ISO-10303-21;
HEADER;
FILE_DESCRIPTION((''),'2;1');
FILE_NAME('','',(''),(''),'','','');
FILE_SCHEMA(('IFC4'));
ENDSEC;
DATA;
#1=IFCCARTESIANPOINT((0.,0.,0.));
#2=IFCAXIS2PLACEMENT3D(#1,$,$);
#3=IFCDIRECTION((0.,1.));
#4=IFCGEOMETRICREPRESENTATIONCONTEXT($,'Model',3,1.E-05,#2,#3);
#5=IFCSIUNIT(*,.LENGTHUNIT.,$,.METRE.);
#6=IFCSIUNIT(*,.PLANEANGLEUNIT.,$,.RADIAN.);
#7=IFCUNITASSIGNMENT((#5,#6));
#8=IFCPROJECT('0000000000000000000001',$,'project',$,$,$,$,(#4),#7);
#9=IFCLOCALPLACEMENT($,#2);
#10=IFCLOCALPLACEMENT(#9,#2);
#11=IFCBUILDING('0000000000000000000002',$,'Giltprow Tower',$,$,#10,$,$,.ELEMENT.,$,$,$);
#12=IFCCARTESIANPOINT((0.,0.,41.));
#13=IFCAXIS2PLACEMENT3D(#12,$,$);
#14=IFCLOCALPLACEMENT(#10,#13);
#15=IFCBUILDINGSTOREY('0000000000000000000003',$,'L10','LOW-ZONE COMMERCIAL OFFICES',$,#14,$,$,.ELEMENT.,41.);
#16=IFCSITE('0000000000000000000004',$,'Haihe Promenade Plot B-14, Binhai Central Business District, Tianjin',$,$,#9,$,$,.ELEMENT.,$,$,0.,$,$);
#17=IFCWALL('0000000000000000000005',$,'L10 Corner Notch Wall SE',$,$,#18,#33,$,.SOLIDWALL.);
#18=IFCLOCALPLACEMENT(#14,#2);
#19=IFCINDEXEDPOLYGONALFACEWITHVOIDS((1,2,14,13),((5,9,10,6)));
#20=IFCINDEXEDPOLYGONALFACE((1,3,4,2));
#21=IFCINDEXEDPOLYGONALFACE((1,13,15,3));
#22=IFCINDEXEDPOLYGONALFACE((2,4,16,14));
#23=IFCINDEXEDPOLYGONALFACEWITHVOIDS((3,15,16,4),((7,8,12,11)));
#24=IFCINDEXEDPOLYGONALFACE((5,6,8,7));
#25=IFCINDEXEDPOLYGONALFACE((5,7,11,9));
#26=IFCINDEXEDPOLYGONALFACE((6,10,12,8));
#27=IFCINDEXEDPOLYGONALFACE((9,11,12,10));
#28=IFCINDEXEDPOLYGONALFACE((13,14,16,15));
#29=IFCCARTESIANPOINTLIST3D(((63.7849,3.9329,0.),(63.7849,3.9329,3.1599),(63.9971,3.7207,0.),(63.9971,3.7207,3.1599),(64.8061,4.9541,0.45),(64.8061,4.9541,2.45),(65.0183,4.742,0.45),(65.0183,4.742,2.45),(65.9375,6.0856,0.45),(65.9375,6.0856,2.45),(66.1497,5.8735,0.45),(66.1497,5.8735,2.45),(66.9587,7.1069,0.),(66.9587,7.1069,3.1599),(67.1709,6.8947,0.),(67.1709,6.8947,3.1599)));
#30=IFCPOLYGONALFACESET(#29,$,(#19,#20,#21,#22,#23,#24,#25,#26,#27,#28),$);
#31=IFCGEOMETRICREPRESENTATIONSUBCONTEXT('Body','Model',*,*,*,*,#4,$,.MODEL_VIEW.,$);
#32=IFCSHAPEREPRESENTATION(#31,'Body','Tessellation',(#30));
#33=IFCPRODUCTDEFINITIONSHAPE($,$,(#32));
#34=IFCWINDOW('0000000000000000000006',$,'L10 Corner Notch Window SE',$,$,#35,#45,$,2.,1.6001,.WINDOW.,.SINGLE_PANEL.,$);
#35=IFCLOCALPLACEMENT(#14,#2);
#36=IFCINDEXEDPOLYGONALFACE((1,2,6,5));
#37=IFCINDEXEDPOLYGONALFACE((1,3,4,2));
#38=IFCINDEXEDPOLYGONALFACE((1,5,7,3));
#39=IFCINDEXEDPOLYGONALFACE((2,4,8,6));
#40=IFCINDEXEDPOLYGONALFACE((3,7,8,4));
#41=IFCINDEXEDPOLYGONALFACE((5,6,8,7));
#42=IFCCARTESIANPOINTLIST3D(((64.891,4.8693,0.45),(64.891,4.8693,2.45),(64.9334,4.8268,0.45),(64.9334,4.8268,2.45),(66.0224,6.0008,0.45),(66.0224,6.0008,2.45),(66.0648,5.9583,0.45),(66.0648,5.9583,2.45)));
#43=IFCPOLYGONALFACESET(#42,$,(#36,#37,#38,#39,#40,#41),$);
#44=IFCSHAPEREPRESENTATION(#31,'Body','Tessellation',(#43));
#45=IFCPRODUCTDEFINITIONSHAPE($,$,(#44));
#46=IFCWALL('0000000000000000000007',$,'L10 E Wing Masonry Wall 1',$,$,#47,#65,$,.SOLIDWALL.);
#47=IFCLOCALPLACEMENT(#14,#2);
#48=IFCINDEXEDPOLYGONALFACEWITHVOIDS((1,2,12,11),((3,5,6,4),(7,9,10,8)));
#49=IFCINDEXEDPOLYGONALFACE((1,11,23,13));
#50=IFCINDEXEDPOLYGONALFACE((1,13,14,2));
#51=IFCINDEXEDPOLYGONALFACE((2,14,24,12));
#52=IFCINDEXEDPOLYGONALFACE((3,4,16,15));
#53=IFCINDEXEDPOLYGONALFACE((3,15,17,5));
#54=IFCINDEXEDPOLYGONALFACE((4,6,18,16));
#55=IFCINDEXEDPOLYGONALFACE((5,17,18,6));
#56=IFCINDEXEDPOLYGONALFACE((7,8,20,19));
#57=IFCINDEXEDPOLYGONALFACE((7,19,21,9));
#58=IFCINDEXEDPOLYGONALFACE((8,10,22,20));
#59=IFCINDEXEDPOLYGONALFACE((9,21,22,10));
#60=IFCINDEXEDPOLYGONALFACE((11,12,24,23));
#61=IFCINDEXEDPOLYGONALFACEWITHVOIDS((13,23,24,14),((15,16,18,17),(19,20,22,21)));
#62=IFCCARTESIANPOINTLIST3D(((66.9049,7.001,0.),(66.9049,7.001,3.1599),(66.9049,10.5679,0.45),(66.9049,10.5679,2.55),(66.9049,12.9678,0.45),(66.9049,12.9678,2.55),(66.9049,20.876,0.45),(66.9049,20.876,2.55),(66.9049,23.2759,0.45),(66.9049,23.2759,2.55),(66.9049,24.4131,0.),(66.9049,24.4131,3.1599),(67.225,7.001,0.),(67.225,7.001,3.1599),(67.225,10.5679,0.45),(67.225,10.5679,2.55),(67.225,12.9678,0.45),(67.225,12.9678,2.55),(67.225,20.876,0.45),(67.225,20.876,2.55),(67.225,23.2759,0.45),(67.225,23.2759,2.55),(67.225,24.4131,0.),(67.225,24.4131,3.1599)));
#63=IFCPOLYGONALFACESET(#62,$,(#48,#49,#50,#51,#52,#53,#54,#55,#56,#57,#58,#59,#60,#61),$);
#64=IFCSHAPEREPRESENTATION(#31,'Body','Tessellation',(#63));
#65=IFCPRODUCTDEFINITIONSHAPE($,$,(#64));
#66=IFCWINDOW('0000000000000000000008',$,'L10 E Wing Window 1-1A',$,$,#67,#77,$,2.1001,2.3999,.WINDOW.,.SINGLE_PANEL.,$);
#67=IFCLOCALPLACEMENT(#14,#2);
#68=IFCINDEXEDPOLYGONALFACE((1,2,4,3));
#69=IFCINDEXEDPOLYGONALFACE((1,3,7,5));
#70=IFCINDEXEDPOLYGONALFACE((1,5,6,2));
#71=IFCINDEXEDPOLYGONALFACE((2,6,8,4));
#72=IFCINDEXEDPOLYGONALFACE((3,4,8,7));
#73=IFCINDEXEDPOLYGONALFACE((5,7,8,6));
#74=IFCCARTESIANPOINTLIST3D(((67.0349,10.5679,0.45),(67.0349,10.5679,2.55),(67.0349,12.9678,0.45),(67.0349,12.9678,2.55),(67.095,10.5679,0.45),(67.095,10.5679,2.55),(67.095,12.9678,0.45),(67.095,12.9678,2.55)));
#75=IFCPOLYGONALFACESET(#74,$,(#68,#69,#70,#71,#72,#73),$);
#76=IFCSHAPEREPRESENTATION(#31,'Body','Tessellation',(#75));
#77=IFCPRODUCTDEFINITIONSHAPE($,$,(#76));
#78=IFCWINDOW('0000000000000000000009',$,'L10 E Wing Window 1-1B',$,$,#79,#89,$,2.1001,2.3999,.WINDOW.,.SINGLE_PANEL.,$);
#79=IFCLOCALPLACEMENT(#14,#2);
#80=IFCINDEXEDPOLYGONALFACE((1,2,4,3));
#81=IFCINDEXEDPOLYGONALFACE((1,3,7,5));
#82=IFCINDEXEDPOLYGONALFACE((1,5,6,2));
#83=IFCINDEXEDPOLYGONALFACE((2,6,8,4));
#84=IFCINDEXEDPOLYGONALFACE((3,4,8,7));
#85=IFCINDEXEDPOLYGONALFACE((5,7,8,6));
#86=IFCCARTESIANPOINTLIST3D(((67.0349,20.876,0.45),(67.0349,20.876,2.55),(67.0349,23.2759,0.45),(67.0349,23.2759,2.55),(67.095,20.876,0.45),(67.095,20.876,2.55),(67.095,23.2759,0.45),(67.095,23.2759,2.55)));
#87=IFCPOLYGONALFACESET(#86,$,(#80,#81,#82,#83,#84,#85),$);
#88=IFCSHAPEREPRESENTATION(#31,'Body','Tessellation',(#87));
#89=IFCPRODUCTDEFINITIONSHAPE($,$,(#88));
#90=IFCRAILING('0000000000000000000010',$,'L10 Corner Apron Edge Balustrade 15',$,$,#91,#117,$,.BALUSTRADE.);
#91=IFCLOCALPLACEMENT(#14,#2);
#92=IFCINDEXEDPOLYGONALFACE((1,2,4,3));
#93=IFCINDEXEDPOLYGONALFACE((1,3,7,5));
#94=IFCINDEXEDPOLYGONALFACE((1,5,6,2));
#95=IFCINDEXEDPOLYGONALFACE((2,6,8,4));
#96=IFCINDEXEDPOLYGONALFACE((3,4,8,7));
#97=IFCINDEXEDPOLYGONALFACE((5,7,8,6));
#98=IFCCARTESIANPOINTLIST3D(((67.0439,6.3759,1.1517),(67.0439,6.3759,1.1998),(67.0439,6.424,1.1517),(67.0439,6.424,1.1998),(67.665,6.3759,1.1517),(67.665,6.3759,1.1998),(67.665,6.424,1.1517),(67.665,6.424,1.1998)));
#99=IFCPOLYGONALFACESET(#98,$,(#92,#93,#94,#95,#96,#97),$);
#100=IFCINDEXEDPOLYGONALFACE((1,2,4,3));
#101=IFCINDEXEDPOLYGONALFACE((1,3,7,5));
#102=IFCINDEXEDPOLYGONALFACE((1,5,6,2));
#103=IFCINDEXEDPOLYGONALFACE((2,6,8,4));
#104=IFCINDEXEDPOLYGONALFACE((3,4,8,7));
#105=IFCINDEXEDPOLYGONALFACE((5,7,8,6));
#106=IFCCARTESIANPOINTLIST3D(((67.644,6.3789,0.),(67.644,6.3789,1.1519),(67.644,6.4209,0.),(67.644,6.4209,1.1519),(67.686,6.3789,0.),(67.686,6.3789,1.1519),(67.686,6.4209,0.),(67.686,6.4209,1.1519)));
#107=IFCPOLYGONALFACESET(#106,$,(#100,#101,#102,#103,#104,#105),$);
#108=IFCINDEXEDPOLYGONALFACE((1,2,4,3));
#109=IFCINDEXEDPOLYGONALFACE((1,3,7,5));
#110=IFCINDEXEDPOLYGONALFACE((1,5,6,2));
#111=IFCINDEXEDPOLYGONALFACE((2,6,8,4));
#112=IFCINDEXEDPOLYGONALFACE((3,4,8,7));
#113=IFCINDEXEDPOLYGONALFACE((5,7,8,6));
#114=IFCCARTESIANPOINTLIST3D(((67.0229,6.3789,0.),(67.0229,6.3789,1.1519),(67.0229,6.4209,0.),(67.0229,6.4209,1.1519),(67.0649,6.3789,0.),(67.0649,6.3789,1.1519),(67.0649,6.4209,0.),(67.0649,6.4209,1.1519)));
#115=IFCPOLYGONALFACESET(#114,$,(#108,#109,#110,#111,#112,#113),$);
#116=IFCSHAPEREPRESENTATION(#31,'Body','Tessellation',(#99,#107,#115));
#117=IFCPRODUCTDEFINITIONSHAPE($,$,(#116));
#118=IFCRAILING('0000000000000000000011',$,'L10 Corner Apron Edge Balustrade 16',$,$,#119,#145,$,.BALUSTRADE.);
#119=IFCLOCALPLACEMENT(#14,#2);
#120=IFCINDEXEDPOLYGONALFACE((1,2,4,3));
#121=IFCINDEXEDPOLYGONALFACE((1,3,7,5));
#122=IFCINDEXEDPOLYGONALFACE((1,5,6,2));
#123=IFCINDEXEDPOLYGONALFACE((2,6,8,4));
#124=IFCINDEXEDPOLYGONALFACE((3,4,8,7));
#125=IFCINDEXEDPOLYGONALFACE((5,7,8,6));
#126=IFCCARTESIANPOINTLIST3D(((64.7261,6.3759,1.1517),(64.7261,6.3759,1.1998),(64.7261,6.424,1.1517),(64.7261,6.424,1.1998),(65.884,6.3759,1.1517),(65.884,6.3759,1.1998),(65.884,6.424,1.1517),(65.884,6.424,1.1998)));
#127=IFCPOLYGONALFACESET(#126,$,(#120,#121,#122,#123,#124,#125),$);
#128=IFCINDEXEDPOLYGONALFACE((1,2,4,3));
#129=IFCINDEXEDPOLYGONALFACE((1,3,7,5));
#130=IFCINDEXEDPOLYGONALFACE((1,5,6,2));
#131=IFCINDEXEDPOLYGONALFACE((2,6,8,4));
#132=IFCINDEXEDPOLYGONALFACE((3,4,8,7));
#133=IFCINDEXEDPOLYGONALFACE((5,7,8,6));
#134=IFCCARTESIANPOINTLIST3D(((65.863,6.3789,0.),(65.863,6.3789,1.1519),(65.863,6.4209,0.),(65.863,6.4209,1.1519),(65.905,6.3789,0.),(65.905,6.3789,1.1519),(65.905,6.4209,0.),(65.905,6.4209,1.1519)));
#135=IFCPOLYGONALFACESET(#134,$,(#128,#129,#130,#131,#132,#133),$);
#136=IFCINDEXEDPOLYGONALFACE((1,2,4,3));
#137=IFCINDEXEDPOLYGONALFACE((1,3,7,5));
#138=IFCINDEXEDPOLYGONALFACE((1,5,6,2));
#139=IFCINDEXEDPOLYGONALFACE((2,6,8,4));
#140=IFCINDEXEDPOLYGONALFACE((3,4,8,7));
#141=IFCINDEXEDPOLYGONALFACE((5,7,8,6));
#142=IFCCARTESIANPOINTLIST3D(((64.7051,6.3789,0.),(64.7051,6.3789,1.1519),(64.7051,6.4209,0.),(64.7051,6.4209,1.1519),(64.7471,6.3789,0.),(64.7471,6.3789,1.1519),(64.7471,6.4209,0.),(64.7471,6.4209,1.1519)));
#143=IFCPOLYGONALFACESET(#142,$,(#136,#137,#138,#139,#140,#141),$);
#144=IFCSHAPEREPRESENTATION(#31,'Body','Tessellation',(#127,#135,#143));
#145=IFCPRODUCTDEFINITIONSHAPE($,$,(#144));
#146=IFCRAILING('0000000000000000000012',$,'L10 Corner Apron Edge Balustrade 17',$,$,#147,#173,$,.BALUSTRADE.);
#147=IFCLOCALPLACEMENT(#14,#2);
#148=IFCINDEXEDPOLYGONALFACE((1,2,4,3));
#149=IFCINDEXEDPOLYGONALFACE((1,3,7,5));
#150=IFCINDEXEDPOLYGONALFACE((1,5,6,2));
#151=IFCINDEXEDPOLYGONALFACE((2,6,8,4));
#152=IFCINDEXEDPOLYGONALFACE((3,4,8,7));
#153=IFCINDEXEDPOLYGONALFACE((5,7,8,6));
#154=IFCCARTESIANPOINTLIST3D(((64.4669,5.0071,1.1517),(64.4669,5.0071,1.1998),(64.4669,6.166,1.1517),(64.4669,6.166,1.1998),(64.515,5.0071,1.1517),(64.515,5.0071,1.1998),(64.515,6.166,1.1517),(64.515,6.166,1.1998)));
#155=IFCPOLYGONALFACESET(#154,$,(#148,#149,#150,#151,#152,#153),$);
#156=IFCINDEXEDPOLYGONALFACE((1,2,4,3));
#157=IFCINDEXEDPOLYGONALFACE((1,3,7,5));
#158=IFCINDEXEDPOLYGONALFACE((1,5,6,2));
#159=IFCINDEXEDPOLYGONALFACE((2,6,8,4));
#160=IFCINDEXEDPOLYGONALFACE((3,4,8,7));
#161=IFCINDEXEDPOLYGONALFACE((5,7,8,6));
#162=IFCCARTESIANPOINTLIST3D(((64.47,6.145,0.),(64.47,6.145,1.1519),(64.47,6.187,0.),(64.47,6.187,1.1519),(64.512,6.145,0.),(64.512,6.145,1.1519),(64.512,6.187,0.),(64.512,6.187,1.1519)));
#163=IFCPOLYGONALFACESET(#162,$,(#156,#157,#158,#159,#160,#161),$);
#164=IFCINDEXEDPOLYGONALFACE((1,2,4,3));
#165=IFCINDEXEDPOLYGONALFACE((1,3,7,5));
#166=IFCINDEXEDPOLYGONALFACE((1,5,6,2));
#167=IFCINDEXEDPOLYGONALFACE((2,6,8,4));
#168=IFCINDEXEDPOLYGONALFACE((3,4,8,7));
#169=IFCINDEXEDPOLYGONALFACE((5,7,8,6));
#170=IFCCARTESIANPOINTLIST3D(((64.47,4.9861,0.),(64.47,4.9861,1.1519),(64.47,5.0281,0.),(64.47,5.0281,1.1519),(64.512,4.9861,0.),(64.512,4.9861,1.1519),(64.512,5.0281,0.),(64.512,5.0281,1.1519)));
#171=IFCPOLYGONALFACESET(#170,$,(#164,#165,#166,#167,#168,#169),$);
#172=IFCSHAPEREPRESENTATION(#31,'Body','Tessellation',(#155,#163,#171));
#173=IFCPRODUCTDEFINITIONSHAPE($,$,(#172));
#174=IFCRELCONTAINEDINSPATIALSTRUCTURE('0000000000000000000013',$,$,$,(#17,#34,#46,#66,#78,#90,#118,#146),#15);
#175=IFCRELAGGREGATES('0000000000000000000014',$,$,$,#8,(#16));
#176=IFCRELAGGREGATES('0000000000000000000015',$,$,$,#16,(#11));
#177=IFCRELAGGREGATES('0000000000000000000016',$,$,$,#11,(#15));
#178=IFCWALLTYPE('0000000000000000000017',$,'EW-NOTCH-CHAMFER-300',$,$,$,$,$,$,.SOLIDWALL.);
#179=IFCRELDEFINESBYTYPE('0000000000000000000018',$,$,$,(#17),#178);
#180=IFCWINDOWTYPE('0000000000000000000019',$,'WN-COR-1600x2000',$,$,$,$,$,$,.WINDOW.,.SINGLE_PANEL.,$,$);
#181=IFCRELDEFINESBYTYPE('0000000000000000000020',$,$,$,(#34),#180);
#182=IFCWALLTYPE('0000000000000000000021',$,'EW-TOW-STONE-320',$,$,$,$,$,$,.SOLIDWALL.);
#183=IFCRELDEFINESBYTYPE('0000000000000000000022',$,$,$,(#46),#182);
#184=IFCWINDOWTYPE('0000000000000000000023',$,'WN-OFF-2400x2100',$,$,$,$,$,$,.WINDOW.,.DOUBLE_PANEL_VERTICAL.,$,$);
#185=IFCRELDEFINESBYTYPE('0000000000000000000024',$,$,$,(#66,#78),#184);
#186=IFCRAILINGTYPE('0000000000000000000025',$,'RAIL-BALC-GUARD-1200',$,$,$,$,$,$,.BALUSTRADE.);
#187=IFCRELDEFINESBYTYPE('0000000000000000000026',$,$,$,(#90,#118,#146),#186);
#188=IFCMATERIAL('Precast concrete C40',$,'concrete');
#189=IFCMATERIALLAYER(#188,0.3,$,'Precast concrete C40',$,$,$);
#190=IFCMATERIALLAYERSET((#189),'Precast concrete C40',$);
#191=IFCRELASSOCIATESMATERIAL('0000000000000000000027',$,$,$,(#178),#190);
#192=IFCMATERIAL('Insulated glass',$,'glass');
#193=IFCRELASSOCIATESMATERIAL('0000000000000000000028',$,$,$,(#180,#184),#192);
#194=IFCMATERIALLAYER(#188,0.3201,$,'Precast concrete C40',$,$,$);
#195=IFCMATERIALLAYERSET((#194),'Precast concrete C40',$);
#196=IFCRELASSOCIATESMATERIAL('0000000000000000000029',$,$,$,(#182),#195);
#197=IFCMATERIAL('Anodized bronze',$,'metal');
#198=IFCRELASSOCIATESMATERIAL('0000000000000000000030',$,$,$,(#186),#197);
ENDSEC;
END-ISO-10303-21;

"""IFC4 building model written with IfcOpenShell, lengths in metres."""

from ifc_helpers import new_model, si_unit, direction, frame, frame_2d, origin, origin_2d, place, context, subcontext, project, spatial, rectangle, extrude, source, transform, mapped, material, layer, layer_set, type_object, element, fill, save


model = new_model("IFC4")

# Units and contexts
model_context = context("Model", 3, precision=1e-05, world=origin(), true_north=direction((0.0, 1.0)))
body_context = subcontext(model_context, "Body", "Model", "MODEL_VIEW")
ifc_project = project(units=[si_unit("LENGTHUNIT", "METRE"), si_unit("PLANEANGLEUNIT", "RADIAN")], contexts=[model_context])

# Site, building, storey
site_placement = place(None, origin())
site = spatial("IfcSite", under=ifc_project, at=site_placement, Name="Haihe Promenade Plot B-14, Binhai Central Business District, Tianjin", CompositionType="ELEMENT", RefElevation=0.0)
building_placement = place(site_placement, origin())
building = spatial("IfcBuilding", under=site, at=building_placement, Name="Giltprow Tower", CompositionType="ELEMENT")
storey_placement = place(building_placement, frame((0.0, 0.0, 41.0)))
storey = spatial("IfcBuildingStorey", under=building, at=storey_placement, Name="L10", Description="LOW-ZONE COMMERCIAL OFFICES", CompositionType="ELEMENT", Elevation=41.0)

# Shared definitions
ifc_material_1 = material(Name="Anodized bronze", Category="metal")
ifc_material_2 = material(Name="Insulated glass", Category="glass")

# Wall, opening, window
ifc_material_3 = material(Name="Precast concrete C40", Category="concrete")
ifc_layer_1 = layer(ifc_material_3, 0.3, Name="Precast concrete C40")
ifc_layer_set_1 = layer_set([ifc_layer_1], Name="Precast concrete C40")
wall_type_1 = type_object("IfcWallType", Name="EW-NOTCH-CHAMFER-300", PredefinedType="SOLIDWALL", material=ifc_layer_set_1)
wall_1_placement = place(storey_placement, frame((63.8911, 3.8269, 0.0), z_axis=(0.0, 0.0, 1.0), x_axis=(0.70708, 0.707134, 0.0)))
wall_1 = element("IfcWall", 1, at=wall_1_placement, inside=storey, type_object=wall_type_1, Name="L10 Corner Notch Wall SE", PredefinedType="SOLIDWALL", context=body_context, shape_type="SweptSolid", body=[
    extrude(rectangle(XDim=4.4885, YDim=0.3, at=frame_2d((2.2441, 0.0))), origin(), (0.0, 0.0, 1.0), 3.1599),
])
opening_1_placement = place(wall_1_placement, frame((1.4441, 0.0, 0.45)))
opening_1 = element("IfcOpeningElement", 2, at=opening_1_placement, cuts=wall_1, PredefinedType="OPENING", context=body_context, shape_type="SweptSolid", body=[
    extrude(rectangle(XDim=1.6001, YDim=2.0, at=frame_2d((0.8, 1.0))), frame((0.0, 0.1599, 0.0), z_axis=(0.0, -1.0, 0.0), x_axis=(1.0, 0.0, 0.0)), (0.0, 0.0, 1.0), 0.3201),
])
window_type_1 = type_object("IfcWindowType", Name="WN-COR-1600x2000", PartitioningType="SINGLE_PANEL", PredefinedType="WINDOW", material=ifc_material_2)
shared_shape_1 = source(origin(), body_context, "Body", "SweptSolid", [
    extrude(rectangle(XDim=1.6001, YDim=2.0, at=frame_2d((0.8, 1.0))), frame((0.0, 0.03, 0.0), z_axis=(0.0, -1.0, 0.0), x_axis=(1.0, 0.0, 0.0)), (0.0, 0.0, 1.0), 0.0601),
])
window_1_placement = place(opening_1_placement, origin())
window_1 = element("IfcWindow", 3, at=window_1_placement, inside=storey, type_object=window_type_1, Name="L10 Corner Notch Window SE", OverallHeight=2.0, OverallWidth=1.6001, PartitioningType="SINGLE_PANEL", PredefinedType="WINDOW", context=body_context, shape_type="MappedRepresentation", body=[
    mapped(shared_shape_1, transform((0.0, 0.0, 0.0), x_axis=(1.0, 0.0, 0.0), y_axis=(0.0, 1.0, 0.0), z_axis=(0.0, 0.0, 1.0), scale=1.0)),
])
fill(opening_1, window_1)

# Wall, openings, windows
ifc_layer_2 = layer(ifc_material_3, 0.3201, Name="Precast concrete C40")
ifc_layer_set_2 = layer_set([ifc_layer_2], Name="Precast concrete C40")
wall_type_2 = type_object("IfcWallType", Name="EW-TOW-STONE-320", PredefinedType="SOLIDWALL", material=ifc_layer_set_2)
wall_2_placement = place(storey_placement, frame((67.0649, 7.001, 0.0), z_axis=(0.0, 0.0, 1.0), x_axis=(0.0, 1.0, 0.0)))
wall_2 = element("IfcWall", 4, at=wall_2_placement, inside=storey, type_object=wall_type_2, Name="L10 E Wing Masonry Wall 1", PredefinedType="SOLIDWALL", context=body_context, shape_type="SweptSolid", body=[
    extrude(rectangle(XDim=17.4121, YDim=0.3201, at=frame_2d((8.7061, 0.0))), origin(), (0.0, 0.0, 1.0), 3.1599),
])
opening_2_placement = place(wall_2_placement, frame((3.5669, 0.0, 0.45)))
opening_2 = element("IfcOpeningElement", 5, at=opening_2_placement, cuts=wall_2, PredefinedType="OPENING", context=body_context, shape_type="SweptSolid", body=[
    extrude(rectangle(XDim=2.3999, YDim=2.1001, at=frame_2d((1.2, 1.05))), frame((0.0, 0.1699, 0.0), z_axis=(0.0, -1.0, 0.0), x_axis=(1.0, 0.0, 0.0)), (0.0, 0.0, 1.0), 0.3401),
])
opening_3_placement = place(wall_2_placement, frame((13.875, 0.0, 0.45)))
opening_3 = element("IfcOpeningElement", 6, at=opening_3_placement, cuts=wall_2, PredefinedType="OPENING", context=body_context, shape_type="SweptSolid", body=[
    extrude(rectangle(XDim=2.3999, YDim=2.1001, at=frame_2d((1.2, 1.05))), frame((0.0, 0.1699, 0.0), z_axis=(0.0, -1.0, 0.0), x_axis=(1.0, 0.0, 0.0)), (0.0, 0.0, 1.0), 0.3401),
])
window_type_2 = type_object("IfcWindowType", Name="WN-OFF-2400x2100", PartitioningType="DOUBLE_PANEL_VERTICAL", PredefinedType="WINDOW", material=ifc_material_2)
shared_shape_2 = source(origin(), body_context, "Body", "SweptSolid", [
    extrude(rectangle(XDim=2.3999, YDim=2.1001, at=frame_2d((1.2, 1.05))), frame((0.0, 0.03, 0.0), z_axis=(0.0, -1.0, 0.0), x_axis=(1.0, 0.0, 0.0)), (0.0, 0.0, 1.0), 0.0601),
])
window_2_placement = place(opening_2_placement, origin())
window_2 = element("IfcWindow", 7, at=window_2_placement, inside=storey, type_object=window_type_2, Name="L10 E Wing Window 1-1A", OverallHeight=2.1001, OverallWidth=2.3999, PartitioningType="SINGLE_PANEL", PredefinedType="WINDOW", context=body_context, shape_type="MappedRepresentation", body=[
    mapped(shared_shape_2, transform((0.0, 0.0, 0.0), x_axis=(1.0, 0.0, 0.0), y_axis=(0.0, 1.0, 0.0), z_axis=(0.0, 0.0, 1.0), scale=1.0)),
])
fill(opening_2, window_2)
window_3_placement = place(opening_3_placement, origin())
window_3 = element("IfcWindow", 8, at=window_3_placement, inside=storey, type_object=window_type_2, Name="L10 E Wing Window 1-1B", OverallHeight=2.1001, OverallWidth=2.3999, PartitioningType="SINGLE_PANEL", PredefinedType="WINDOW", context=body_context, shape_type="MappedRepresentation", body=[
    mapped(shared_shape_2, transform((0.0, 0.0, 0.0), x_axis=(1.0, 0.0, 0.0), y_axis=(0.0, 1.0, 0.0), z_axis=(0.0, 0.0, 1.0), scale=1.0)),
])
fill(opening_3, window_3)

# Railings
railing_type = type_object("IfcRailingType", Name="RAIL-BALC-GUARD-1200", PredefinedType="BALUSTRADE", material=ifc_material_1)
railing_1_placement = place(storey_placement, frame((67.665, 6.3999, 0.0)))
element("IfcRailing", 9, at=railing_1_placement, inside=storey, type_object=railing_type, Name="L10 Corner Apron Edge Balustrade 15", PredefinedType="BALUSTRADE", context=body_context, shape_type="SweptSolid", body=[
    extrude(rectangle(XDim=0.0481, YDim=0.0481, at=origin_2d()), frame((0.0, 0.0, 1.1758), z_axis=(-1.0, 0.0, 0.0), x_axis=(0.0, -1.0, 0.0)), (0.0, 0.0, 1.0), 0.6211),
    extrude(rectangle(XDim=0.042, YDim=0.042, at=origin_2d()), origin(), (0.0, 0.0, 1.0), 1.1519),
    extrude(rectangle(XDim=0.042, YDim=0.042, at=origin_2d()), frame((-0.6211, 0.0, 0.0)), (0.0, 0.0, 1.0), 1.1519),
])
railing_2_placement = place(storey_placement, frame((65.884, 6.3999, 0.0)))
element("IfcRailing", 10, at=railing_2_placement, inside=storey, type_object=railing_type, Name="L10 Corner Apron Edge Balustrade 16", PredefinedType="BALUSTRADE", context=body_context, shape_type="SweptSolid", body=[
    extrude(rectangle(XDim=0.0481, YDim=0.0481, at=origin_2d()), frame((0.0, 0.0, 1.1758), z_axis=(-1.0, 0.0, 0.0), x_axis=(0.0, -1.0, 0.0)), (0.0, 0.0, 1.0), 1.158),
    extrude(rectangle(XDim=0.042, YDim=0.042, at=origin_2d()), origin(), (0.0, 0.0, 1.0), 1.1519),
    extrude(rectangle(XDim=0.042, YDim=0.042, at=origin_2d()), frame((-1.158, 0.0, 0.0)), (0.0, 0.0, 1.0), 1.1519),
])
railing_3_placement = place(storey_placement, frame((64.491, 6.166, 0.0)))
element("IfcRailing", 11, at=railing_3_placement, inside=storey, type_object=railing_type, Name="L10 Corner Apron Edge Balustrade 17", PredefinedType="BALUSTRADE", context=body_context, shape_type="SweptSolid", body=[
    extrude(rectangle(XDim=0.0481, YDim=0.0481, at=origin_2d()), frame((0.0, 0.0, 1.1758), z_axis=(0.0, -1.0, 0.0), x_axis=(1.0, 0.0, 0.0)), (0.0, 0.0, 1.0), 1.1589),
    extrude(rectangle(XDim=0.042, YDim=0.042, at=origin_2d()), origin(), (0.0, 0.0, 1.0), 1.1519),
    extrude(rectangle(XDim=0.042, YDim=0.042, at=origin_2d()), frame((0.0, -1.1589, 0.0)), (0.0, 0.0, 1.0), 1.1519),
])

save(model, "model.ifc")
